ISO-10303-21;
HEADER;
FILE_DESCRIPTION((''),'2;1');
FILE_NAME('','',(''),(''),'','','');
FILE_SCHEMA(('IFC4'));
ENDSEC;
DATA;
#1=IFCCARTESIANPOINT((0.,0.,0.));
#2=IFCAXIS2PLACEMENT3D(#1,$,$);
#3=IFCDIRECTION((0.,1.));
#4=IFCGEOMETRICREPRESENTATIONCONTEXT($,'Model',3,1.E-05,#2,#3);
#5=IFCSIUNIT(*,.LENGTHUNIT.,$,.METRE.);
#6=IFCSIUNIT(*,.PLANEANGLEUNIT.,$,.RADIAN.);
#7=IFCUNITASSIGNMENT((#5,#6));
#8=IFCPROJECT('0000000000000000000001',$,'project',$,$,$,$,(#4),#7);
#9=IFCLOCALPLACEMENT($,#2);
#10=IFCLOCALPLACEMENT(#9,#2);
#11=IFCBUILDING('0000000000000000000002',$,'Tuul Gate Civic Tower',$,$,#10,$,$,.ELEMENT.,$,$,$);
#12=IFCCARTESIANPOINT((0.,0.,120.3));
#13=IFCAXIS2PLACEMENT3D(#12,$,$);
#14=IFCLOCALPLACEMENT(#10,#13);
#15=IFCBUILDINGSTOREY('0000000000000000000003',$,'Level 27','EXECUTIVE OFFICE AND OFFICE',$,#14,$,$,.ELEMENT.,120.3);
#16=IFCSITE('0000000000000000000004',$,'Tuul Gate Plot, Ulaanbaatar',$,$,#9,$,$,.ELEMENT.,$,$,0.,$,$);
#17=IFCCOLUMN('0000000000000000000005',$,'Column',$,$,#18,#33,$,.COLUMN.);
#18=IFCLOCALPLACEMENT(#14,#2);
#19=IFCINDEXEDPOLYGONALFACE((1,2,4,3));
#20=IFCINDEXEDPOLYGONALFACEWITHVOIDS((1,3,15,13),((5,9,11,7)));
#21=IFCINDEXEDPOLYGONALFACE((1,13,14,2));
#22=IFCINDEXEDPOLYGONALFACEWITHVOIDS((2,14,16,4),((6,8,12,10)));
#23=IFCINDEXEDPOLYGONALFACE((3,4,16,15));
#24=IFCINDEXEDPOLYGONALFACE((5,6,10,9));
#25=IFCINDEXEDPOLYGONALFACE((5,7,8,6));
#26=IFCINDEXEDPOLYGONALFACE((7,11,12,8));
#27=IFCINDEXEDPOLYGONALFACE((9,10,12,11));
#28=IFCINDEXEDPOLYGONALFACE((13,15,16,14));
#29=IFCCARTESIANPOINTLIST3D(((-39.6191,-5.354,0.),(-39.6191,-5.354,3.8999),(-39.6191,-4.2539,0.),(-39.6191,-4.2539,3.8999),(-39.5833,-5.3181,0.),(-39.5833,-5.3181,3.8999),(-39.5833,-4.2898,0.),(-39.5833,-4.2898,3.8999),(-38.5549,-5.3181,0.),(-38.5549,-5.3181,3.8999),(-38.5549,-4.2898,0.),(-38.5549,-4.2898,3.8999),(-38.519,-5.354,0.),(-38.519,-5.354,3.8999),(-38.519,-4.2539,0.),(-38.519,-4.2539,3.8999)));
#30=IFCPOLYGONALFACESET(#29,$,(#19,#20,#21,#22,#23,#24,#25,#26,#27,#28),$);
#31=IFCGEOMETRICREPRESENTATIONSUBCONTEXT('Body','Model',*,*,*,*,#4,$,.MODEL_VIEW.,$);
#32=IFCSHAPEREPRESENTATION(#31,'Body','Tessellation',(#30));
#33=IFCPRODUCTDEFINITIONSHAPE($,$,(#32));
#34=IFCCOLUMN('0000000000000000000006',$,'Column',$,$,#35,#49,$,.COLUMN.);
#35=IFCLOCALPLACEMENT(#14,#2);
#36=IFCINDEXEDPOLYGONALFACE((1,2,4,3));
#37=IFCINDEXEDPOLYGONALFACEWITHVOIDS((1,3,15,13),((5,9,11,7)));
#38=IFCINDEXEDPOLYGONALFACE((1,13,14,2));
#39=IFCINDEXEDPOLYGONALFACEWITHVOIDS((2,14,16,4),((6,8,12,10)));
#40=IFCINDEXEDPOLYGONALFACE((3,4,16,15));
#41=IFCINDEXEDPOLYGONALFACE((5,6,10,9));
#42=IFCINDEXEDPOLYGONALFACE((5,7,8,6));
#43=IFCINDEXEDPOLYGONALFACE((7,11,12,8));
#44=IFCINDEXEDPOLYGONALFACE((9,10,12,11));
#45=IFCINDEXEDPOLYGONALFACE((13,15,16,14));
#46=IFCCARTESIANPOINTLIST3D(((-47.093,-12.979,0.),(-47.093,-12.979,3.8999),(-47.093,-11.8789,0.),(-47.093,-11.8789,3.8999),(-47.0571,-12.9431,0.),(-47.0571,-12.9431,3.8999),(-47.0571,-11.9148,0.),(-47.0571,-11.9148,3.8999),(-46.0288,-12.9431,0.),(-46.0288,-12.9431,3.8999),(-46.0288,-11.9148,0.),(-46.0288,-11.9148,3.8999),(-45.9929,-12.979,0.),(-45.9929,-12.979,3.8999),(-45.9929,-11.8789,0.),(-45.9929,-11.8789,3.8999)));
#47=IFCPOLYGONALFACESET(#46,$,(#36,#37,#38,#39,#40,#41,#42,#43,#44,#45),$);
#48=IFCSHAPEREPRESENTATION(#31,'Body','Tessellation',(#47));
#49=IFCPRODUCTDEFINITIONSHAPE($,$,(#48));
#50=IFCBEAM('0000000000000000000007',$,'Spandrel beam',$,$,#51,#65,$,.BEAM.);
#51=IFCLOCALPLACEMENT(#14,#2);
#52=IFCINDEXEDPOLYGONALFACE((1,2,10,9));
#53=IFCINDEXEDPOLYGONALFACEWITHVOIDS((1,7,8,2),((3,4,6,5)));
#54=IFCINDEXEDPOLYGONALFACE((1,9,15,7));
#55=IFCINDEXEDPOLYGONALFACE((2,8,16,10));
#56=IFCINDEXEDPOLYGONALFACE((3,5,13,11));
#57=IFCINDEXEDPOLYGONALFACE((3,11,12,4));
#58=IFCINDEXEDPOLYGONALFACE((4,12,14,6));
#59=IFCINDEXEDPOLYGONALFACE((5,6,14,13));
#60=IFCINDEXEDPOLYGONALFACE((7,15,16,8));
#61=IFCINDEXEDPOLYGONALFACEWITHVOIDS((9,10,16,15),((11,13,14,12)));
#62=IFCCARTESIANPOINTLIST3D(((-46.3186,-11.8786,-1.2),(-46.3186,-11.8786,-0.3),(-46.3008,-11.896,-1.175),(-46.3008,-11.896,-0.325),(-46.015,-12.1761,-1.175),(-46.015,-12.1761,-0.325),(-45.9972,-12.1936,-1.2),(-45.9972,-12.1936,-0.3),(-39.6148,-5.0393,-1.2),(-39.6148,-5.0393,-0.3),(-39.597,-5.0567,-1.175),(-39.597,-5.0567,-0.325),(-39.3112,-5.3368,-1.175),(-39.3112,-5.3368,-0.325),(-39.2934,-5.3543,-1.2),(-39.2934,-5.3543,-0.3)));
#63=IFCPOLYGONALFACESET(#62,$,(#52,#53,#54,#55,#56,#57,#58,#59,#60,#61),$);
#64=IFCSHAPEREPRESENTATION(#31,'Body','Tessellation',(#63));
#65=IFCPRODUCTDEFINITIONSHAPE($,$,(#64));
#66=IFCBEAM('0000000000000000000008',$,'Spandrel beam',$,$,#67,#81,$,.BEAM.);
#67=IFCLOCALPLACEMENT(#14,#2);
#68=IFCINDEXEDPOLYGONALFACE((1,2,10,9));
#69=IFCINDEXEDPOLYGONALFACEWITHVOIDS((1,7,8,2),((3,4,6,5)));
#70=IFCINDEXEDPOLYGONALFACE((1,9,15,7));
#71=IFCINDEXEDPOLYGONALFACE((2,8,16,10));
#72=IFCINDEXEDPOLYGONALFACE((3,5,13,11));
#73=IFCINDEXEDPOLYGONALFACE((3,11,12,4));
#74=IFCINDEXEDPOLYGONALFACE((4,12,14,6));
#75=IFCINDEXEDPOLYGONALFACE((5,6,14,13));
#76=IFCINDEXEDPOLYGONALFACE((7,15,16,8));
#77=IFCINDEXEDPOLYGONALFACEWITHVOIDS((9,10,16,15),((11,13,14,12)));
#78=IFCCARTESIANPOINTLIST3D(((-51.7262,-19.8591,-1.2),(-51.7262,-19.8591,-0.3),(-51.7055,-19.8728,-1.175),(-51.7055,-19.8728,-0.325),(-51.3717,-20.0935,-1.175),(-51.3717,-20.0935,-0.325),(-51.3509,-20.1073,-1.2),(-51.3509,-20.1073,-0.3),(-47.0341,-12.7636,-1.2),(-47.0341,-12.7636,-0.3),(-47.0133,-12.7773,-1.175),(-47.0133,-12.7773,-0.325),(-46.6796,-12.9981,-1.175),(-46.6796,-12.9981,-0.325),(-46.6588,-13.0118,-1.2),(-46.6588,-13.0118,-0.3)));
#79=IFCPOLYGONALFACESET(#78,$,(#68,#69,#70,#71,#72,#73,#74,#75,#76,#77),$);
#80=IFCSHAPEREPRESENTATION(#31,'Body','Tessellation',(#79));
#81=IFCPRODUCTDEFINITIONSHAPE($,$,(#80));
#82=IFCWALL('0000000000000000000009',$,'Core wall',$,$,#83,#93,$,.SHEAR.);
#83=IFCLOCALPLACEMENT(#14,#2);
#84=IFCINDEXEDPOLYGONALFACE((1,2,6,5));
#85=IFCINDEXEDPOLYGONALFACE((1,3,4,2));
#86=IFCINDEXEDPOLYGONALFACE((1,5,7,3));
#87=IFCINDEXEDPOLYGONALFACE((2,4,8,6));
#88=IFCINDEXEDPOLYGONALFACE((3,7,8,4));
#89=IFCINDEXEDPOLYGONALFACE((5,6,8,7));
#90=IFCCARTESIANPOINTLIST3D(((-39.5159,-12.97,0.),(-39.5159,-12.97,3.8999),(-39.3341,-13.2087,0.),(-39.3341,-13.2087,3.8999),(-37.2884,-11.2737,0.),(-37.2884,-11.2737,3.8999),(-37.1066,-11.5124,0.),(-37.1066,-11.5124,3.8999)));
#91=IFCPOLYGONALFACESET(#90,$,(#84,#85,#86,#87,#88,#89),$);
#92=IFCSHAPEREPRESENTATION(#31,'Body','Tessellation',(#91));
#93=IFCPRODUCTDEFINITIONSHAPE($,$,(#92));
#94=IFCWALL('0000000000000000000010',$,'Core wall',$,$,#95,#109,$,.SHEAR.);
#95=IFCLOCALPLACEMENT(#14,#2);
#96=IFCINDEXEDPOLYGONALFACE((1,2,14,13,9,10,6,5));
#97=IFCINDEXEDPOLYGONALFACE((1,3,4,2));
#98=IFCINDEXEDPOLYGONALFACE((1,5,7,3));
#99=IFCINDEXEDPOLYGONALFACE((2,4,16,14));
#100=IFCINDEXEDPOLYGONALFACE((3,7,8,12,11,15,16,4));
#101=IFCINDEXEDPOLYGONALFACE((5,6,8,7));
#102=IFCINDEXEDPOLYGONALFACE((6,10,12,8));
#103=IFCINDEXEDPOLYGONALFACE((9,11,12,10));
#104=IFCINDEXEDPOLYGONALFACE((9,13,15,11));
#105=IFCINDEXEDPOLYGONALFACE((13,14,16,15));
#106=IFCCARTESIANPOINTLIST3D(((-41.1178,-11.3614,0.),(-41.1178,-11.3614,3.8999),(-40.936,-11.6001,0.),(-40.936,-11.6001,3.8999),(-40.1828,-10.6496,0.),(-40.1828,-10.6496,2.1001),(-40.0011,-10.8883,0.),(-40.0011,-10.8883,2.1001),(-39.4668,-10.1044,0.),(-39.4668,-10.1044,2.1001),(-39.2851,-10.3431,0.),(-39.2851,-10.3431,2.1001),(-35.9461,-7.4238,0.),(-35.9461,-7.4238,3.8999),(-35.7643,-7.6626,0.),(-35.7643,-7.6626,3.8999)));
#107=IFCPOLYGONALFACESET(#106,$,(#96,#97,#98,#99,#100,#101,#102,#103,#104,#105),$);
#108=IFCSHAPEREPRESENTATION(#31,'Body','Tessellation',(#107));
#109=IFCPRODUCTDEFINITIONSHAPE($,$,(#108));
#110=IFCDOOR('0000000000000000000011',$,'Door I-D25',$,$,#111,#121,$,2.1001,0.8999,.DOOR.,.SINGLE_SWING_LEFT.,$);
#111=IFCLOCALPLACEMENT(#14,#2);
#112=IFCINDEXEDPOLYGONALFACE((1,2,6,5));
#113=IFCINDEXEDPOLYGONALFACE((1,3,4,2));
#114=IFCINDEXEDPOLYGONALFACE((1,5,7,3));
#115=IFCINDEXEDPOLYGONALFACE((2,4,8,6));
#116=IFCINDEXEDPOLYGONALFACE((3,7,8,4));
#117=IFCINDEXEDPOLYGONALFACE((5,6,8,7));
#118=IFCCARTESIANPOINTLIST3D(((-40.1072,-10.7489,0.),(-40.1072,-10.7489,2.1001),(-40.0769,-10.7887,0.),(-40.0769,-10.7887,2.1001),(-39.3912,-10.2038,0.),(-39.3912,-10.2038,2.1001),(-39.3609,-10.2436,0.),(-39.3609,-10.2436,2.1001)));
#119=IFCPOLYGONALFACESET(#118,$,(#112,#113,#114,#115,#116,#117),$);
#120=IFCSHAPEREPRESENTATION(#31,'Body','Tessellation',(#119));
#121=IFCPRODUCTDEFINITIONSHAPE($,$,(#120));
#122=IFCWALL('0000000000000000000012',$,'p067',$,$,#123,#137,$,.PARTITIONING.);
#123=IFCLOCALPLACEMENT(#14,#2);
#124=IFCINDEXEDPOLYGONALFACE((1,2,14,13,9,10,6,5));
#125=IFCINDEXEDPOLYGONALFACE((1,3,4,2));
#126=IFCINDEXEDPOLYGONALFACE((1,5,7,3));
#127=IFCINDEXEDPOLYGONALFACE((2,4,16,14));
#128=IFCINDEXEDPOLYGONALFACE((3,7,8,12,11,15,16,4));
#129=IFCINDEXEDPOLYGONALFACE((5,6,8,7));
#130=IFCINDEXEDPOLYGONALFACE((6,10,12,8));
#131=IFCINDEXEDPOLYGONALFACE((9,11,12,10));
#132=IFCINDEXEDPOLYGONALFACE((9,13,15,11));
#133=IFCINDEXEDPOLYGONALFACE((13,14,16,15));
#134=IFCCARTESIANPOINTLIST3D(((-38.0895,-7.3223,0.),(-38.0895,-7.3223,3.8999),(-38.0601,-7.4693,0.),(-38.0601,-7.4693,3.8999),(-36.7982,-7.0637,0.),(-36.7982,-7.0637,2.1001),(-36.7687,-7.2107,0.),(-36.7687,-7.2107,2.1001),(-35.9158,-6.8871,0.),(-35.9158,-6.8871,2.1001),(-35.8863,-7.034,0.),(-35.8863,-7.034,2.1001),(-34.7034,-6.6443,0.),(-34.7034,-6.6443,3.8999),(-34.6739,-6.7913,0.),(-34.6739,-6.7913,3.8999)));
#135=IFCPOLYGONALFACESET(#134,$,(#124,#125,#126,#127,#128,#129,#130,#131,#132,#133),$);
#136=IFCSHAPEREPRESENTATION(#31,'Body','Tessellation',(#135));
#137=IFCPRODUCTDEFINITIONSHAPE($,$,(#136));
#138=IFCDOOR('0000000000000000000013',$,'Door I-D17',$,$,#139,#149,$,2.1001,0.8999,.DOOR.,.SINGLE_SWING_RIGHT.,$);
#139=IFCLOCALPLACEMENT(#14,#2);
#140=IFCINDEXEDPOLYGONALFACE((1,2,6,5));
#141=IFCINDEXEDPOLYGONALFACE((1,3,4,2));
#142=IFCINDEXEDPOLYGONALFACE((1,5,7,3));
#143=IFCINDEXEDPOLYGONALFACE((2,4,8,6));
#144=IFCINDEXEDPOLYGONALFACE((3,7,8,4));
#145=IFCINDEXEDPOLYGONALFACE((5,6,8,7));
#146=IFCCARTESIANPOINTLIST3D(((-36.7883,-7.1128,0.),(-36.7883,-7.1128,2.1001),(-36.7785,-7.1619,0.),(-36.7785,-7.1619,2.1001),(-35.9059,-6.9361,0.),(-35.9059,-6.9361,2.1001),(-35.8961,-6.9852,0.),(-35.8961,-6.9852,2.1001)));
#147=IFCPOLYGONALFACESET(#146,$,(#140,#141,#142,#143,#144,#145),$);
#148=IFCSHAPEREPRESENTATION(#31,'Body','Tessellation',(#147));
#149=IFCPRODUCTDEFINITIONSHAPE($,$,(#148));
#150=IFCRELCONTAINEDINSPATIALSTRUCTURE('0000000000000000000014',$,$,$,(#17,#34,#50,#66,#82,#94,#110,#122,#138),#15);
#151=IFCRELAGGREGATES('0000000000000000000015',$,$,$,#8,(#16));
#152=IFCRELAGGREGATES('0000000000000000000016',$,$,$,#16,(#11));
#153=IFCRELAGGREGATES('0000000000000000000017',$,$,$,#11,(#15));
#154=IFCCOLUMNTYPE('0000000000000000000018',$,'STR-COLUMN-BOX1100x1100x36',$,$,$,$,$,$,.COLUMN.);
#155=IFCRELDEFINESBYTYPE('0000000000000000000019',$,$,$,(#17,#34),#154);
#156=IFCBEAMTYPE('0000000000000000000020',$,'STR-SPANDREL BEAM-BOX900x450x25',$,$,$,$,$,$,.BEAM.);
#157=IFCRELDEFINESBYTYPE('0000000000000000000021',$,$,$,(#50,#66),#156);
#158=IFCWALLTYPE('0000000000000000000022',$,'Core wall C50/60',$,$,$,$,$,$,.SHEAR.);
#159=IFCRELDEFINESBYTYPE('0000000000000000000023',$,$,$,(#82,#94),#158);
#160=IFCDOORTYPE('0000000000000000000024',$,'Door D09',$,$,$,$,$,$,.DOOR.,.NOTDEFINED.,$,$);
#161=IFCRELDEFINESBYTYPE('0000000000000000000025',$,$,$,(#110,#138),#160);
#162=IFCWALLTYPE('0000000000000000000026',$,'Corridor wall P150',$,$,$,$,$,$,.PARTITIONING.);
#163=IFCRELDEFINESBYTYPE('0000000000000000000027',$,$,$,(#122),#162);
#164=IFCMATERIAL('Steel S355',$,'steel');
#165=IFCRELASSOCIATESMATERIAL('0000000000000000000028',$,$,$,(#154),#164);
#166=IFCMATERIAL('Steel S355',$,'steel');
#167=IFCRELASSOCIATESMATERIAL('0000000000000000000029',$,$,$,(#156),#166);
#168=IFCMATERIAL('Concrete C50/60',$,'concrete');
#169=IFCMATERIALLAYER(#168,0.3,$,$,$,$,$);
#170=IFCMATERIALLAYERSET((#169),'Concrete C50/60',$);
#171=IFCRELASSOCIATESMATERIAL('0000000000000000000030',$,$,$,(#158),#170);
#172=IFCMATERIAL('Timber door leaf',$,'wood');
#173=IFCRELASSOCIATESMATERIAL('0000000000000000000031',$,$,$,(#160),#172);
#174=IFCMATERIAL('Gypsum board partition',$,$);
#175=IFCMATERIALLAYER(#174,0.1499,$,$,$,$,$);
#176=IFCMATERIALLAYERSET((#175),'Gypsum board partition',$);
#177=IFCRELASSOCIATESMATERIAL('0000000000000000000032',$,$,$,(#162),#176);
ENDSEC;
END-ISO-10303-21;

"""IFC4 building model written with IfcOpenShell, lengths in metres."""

from ifc_helpers import new_model, si_unit, direction, frame, frame_2d, origin, origin_2d, place, context, subcontext, project, spatial, rectangle, hollow_rectangle, extrude, material, layer, layer_set, material_profile, profile_set, type_object, element, fill, save


model = new_model("IFC4")

# Units and contexts
model_context = context("Model", 3, precision=1e-05, world=origin(), true_north=direction((0.0, 1.0)))
body_context = subcontext(model_context, "Body", "Model", "MODEL_VIEW")
ifc_project = project(units=[si_unit("LENGTHUNIT", "METRE"), si_unit("PLANEANGLEUNIT", "RADIAN")], contexts=[model_context])

# Site, building, storey
site_placement = place(None, origin())
site = spatial("IfcSite", under=ifc_project, at=site_placement, Name="Tuul Gate Plot, Ulaanbaatar", CompositionType="ELEMENT", RefElevation=0.0)
building_placement = place(site_placement, origin())
building = spatial("IfcBuilding", under=site, at=building_placement, Name="Tuul Gate Civic Tower", CompositionType="ELEMENT")
storey_placement = place(building_placement, frame((0.0, 0.0, 120.3)))
storey = spatial("IfcBuildingStorey", under=building, at=storey_placement, Name="Level 27", Description="EXECUTIVE OFFICE AND OFFICE", CompositionType="ELEMENT", Elevation=120.3)

# Columns
ifc_material_1 = material(Name="Steel S355", Category="steel")
ifc_material_profile_1 = material_profile(ifc_material_1, hollow_rectangle(XDim=1.1001, YDim=1.1001, WallThickness=0.0359, at=origin_2d()), Name="BOX1100x1100x36")
ifc_profile_set_1 = profile_set([ifc_material_profile_1], Name="Steel S355")
column_type = type_object("IfcColumnType", Name="STR-COLUMN-BOX1100x1100x36", PredefinedType="COLUMN", material=ifc_profile_set_1)
for number, where, z_axis, x_axis, name in (
    (1, (-39.0691, -4.804, 0.0), (0.0, 0.0, 1.0), (1.0, 0.0, 0.0), "Column"),
    (2, (-46.543, -12.429, 0.0), (0.0, 0.0, 1.0), (1.0, 0.0, 0.0), "Column"),
):
    element("IfcColumn", number, at=place(storey_placement, frame(where, z_axis=z_axis, x_axis=x_axis)), inside=storey, type_object=column_type, Name=name, PredefinedType="COLUMN", context=body_context, shape_type="SweptSolid", body=[
        extrude(hollow_rectangle(XDim=1.1001, YDim=1.1001, WallThickness=0.0359, at=origin_2d()), origin(), (0.0, 0.0, 1.0), 3.8999),
    ])

# Beams
ifc_material_2 = material(Name="Steel S355", Category="steel")
ifc_material_profile_2 = material_profile(ifc_material_2, hollow_rectangle(XDim=0.45, YDim=0.8999, WallThickness=0.0249, at=origin_2d()), Name="BOX900x450x25")
ifc_profile_set_2 = profile_set([ifc_material_profile_2], Name="Steel S355")
beam_type = type_object("IfcBeamType", Name="STR-SPANDREL BEAM-BOX900x450x25", PredefinedType="BEAM", material=ifc_profile_set_2)
beam_1_placement = place(storey_placement, frame((-39.4541, -5.1968, -0.75), z_axis=(-0.699997, -0.714146, 0.0), x_axis=(0.714146, -0.699997, 0.0)))
element("IfcBeam", 3, at=beam_1_placement, inside=storey, type_object=beam_type, Name="Spandrel beam", PredefinedType="BEAM", context=body_context, shape_type="SweptSolid", body=[
    extrude(hollow_rectangle(XDim=0.45, YDim=0.8999, WallThickness=0.0249, at=origin_2d()), origin(), (0.0, 0.0, 1.0), 9.5769),
])
beam_2_placement = place(storey_placement, frame((-46.8464, -12.8877, -0.75), z_axis=(-0.55159, -0.834115, 0.0), x_axis=(0.834115, -0.55159, 0.0)))
element("IfcBeam", 4, at=beam_2_placement, inside=storey, type_object=beam_type, Name="Spandrel beam", PredefinedType="BEAM", context=body_context, shape_type="SweptSolid", body=[
    extrude(hollow_rectangle(XDim=0.45, YDim=0.8999, WallThickness=0.0249, at=origin_2d()), origin(), (0.0, 0.0, 1.0), 8.5066),
])

# Wall
ifc_material_3 = material(Name="Concrete C50/60", Category="concrete")
ifc_layer_1 = layer(ifc_material_3, 0.3)
ifc_layer_set_1 = layer_set([ifc_layer_1], Name="Concrete C50/60")
wall_type_1 = type_object("IfcWallType", Name="Core wall C50/60", PredefinedType="SHEAR", material=ifc_layer_set_1)
wall_1_placement = place(storey_placement, frame((-37.1975, -11.3931, 0.0), z_axis=(0.0, 0.0, 1.0), x_axis=(-0.795584, -0.605844, 0.0)))
element("IfcWall", 5, at=wall_1_placement, inside=storey, type_object=wall_type_1, Name="Core wall", PredefinedType="SHEAR", context=body_context, shape_type="SweptSolid", body=[
    extrude(rectangle(XDim=2.7998, YDim=0.3, at=frame_2d((1.3999, 0.0))), origin(), (0.0, 0.0, 1.0), 3.8999),
])

# Walls, openings, doors
wall_2_placement = place(storey_placement, frame((-35.8552, -7.5432, 0.0), z_axis=(0.0, 0.0, 1.0), x_axis=(-0.795639, -0.605772, 0.0)))
wall_2 = element("IfcWall", 6, at=wall_2_placement, inside=storey, type_object=wall_type_1, Name="Core wall", PredefinedType="SHEAR", context=body_context, shape_type="SweptSolid", body=[
    extrude(rectangle(XDim=6.5, YDim=0.3, at=frame_2d((3.25, 0.0))), origin(), (0.0, 0.0, 1.0), 3.8999),
])
opening_1_placement = place(wall_2_placement, frame((4.425, 0.0, 0.0)))
opening_1 = element("IfcOpeningElement", 7, at=opening_1_placement, cuts=wall_2, PredefinedType="OPENING", context=body_context, shape_type="SweptSolid", body=[
    extrude(rectangle(XDim=0.8999, YDim=2.1001, at=frame_2d((0.45, 1.05))), frame((0.0, 0.1602, 0.0), z_axis=(0.0, -1.0, 0.0), x_axis=(1.0, 0.0, 0.0)), (0.0, 0.0, 1.0), 0.3201),
])
ifc_material_4 = material(Name="Timber door leaf", Category="wood")
door_type_1 = type_object("IfcDoorType", Name="Door D09", OperationType="NOTDEFINED", PredefinedType="DOOR", material=ifc_material_4)
door_1_placement = place(opening_1_placement, origin())
door_1 = element("IfcDoor", 8, at=door_1_placement, inside=storey, type_object=door_type_1, Name="Door I-D25", OperationType="SINGLE_SWING_LEFT", OverallHeight=2.1001, OverallWidth=0.8999, PredefinedType="DOOR", context=body_context, shape_type="SweptSolid", body=[
    extrude(rectangle(XDim=0.8999, YDim=2.1001, at=frame_2d((0.45, 1.05))), frame((0.0, 0.0249, 0.0), z_axis=(0.0, -1.0, 0.0), x_axis=(1.0, 0.0, 0.0)), (0.0, 0.0, 1.0), 0.05),
])
fill(opening_1, door_1)
ifc_material_5 = material(Name="Gypsum board partition")
ifc_layer_2 = layer(ifc_material_5, 0.1499)
ifc_layer_set_2 = layer_set([ifc_layer_2], Name="Gypsum board partition")
wall_type_2 = type_object("IfcWallType", Name="Corridor wall P150", PredefinedType="PARTITIONING", material=ifc_layer_set_2)
wall_3_placement = place(storey_placement, frame((-38.0747, -7.3958, 0.0), z_axis=(0.0, 0.0, 1.0), x_axis=(0.98054, 0.19632, 0.0)))
wall_3 = element("IfcWall", 9, at=wall_3_placement, inside=storey, type_object=wall_type_2, Name="p067", PredefinedType="PARTITIONING", context=body_context, shape_type="SweptSolid", body=[
    extrude(rectangle(XDim=3.4534, YDim=0.1499, at=frame_2d((1.7266, 0.0))), origin(), (0.0, 0.0, 1.0), 3.8999),
])
opening_2_placement = place(wall_3_placement, frame((1.3169, 0.0, 0.0)))
opening_2 = element("IfcOpeningElement", 10, at=opening_2_placement, cuts=wall_3, PredefinedType="OPENING", context=body_context, shape_type="SweptSolid", body=[
    extrude(rectangle(XDim=0.8999, YDim=2.1001, at=frame_2d((0.45, 1.05))), frame((0.0, 0.085, 0.0), z_axis=(0.0, -1.0, 0.0), x_axis=(1.0, 0.0, 0.0)), (0.0, 0.0, 1.0), 0.1699),
])
door_2_placement = place(opening_2_placement, origin())
door_2 = element("IfcDoor", 11, at=door_2_placement, inside=storey, type_object=door_type_1, Name="Door I-D17", OperationType="SINGLE_SWING_RIGHT", OverallHeight=2.1001, OverallWidth=0.8999, PredefinedType="DOOR", context=body_context, shape_type="SweptSolid", body=[
    extrude(rectangle(XDim=0.8999, YDim=2.1001, at=frame_2d((0.45, 1.05))), frame((0.0, 0.0249, 0.0), z_axis=(0.0, -1.0, 0.0), x_axis=(1.0, 0.0, 0.0)), (0.0, 0.0, 1.0), 0.05),
])
fill(opening_2, door_2)

save(model, "model.ifc")
